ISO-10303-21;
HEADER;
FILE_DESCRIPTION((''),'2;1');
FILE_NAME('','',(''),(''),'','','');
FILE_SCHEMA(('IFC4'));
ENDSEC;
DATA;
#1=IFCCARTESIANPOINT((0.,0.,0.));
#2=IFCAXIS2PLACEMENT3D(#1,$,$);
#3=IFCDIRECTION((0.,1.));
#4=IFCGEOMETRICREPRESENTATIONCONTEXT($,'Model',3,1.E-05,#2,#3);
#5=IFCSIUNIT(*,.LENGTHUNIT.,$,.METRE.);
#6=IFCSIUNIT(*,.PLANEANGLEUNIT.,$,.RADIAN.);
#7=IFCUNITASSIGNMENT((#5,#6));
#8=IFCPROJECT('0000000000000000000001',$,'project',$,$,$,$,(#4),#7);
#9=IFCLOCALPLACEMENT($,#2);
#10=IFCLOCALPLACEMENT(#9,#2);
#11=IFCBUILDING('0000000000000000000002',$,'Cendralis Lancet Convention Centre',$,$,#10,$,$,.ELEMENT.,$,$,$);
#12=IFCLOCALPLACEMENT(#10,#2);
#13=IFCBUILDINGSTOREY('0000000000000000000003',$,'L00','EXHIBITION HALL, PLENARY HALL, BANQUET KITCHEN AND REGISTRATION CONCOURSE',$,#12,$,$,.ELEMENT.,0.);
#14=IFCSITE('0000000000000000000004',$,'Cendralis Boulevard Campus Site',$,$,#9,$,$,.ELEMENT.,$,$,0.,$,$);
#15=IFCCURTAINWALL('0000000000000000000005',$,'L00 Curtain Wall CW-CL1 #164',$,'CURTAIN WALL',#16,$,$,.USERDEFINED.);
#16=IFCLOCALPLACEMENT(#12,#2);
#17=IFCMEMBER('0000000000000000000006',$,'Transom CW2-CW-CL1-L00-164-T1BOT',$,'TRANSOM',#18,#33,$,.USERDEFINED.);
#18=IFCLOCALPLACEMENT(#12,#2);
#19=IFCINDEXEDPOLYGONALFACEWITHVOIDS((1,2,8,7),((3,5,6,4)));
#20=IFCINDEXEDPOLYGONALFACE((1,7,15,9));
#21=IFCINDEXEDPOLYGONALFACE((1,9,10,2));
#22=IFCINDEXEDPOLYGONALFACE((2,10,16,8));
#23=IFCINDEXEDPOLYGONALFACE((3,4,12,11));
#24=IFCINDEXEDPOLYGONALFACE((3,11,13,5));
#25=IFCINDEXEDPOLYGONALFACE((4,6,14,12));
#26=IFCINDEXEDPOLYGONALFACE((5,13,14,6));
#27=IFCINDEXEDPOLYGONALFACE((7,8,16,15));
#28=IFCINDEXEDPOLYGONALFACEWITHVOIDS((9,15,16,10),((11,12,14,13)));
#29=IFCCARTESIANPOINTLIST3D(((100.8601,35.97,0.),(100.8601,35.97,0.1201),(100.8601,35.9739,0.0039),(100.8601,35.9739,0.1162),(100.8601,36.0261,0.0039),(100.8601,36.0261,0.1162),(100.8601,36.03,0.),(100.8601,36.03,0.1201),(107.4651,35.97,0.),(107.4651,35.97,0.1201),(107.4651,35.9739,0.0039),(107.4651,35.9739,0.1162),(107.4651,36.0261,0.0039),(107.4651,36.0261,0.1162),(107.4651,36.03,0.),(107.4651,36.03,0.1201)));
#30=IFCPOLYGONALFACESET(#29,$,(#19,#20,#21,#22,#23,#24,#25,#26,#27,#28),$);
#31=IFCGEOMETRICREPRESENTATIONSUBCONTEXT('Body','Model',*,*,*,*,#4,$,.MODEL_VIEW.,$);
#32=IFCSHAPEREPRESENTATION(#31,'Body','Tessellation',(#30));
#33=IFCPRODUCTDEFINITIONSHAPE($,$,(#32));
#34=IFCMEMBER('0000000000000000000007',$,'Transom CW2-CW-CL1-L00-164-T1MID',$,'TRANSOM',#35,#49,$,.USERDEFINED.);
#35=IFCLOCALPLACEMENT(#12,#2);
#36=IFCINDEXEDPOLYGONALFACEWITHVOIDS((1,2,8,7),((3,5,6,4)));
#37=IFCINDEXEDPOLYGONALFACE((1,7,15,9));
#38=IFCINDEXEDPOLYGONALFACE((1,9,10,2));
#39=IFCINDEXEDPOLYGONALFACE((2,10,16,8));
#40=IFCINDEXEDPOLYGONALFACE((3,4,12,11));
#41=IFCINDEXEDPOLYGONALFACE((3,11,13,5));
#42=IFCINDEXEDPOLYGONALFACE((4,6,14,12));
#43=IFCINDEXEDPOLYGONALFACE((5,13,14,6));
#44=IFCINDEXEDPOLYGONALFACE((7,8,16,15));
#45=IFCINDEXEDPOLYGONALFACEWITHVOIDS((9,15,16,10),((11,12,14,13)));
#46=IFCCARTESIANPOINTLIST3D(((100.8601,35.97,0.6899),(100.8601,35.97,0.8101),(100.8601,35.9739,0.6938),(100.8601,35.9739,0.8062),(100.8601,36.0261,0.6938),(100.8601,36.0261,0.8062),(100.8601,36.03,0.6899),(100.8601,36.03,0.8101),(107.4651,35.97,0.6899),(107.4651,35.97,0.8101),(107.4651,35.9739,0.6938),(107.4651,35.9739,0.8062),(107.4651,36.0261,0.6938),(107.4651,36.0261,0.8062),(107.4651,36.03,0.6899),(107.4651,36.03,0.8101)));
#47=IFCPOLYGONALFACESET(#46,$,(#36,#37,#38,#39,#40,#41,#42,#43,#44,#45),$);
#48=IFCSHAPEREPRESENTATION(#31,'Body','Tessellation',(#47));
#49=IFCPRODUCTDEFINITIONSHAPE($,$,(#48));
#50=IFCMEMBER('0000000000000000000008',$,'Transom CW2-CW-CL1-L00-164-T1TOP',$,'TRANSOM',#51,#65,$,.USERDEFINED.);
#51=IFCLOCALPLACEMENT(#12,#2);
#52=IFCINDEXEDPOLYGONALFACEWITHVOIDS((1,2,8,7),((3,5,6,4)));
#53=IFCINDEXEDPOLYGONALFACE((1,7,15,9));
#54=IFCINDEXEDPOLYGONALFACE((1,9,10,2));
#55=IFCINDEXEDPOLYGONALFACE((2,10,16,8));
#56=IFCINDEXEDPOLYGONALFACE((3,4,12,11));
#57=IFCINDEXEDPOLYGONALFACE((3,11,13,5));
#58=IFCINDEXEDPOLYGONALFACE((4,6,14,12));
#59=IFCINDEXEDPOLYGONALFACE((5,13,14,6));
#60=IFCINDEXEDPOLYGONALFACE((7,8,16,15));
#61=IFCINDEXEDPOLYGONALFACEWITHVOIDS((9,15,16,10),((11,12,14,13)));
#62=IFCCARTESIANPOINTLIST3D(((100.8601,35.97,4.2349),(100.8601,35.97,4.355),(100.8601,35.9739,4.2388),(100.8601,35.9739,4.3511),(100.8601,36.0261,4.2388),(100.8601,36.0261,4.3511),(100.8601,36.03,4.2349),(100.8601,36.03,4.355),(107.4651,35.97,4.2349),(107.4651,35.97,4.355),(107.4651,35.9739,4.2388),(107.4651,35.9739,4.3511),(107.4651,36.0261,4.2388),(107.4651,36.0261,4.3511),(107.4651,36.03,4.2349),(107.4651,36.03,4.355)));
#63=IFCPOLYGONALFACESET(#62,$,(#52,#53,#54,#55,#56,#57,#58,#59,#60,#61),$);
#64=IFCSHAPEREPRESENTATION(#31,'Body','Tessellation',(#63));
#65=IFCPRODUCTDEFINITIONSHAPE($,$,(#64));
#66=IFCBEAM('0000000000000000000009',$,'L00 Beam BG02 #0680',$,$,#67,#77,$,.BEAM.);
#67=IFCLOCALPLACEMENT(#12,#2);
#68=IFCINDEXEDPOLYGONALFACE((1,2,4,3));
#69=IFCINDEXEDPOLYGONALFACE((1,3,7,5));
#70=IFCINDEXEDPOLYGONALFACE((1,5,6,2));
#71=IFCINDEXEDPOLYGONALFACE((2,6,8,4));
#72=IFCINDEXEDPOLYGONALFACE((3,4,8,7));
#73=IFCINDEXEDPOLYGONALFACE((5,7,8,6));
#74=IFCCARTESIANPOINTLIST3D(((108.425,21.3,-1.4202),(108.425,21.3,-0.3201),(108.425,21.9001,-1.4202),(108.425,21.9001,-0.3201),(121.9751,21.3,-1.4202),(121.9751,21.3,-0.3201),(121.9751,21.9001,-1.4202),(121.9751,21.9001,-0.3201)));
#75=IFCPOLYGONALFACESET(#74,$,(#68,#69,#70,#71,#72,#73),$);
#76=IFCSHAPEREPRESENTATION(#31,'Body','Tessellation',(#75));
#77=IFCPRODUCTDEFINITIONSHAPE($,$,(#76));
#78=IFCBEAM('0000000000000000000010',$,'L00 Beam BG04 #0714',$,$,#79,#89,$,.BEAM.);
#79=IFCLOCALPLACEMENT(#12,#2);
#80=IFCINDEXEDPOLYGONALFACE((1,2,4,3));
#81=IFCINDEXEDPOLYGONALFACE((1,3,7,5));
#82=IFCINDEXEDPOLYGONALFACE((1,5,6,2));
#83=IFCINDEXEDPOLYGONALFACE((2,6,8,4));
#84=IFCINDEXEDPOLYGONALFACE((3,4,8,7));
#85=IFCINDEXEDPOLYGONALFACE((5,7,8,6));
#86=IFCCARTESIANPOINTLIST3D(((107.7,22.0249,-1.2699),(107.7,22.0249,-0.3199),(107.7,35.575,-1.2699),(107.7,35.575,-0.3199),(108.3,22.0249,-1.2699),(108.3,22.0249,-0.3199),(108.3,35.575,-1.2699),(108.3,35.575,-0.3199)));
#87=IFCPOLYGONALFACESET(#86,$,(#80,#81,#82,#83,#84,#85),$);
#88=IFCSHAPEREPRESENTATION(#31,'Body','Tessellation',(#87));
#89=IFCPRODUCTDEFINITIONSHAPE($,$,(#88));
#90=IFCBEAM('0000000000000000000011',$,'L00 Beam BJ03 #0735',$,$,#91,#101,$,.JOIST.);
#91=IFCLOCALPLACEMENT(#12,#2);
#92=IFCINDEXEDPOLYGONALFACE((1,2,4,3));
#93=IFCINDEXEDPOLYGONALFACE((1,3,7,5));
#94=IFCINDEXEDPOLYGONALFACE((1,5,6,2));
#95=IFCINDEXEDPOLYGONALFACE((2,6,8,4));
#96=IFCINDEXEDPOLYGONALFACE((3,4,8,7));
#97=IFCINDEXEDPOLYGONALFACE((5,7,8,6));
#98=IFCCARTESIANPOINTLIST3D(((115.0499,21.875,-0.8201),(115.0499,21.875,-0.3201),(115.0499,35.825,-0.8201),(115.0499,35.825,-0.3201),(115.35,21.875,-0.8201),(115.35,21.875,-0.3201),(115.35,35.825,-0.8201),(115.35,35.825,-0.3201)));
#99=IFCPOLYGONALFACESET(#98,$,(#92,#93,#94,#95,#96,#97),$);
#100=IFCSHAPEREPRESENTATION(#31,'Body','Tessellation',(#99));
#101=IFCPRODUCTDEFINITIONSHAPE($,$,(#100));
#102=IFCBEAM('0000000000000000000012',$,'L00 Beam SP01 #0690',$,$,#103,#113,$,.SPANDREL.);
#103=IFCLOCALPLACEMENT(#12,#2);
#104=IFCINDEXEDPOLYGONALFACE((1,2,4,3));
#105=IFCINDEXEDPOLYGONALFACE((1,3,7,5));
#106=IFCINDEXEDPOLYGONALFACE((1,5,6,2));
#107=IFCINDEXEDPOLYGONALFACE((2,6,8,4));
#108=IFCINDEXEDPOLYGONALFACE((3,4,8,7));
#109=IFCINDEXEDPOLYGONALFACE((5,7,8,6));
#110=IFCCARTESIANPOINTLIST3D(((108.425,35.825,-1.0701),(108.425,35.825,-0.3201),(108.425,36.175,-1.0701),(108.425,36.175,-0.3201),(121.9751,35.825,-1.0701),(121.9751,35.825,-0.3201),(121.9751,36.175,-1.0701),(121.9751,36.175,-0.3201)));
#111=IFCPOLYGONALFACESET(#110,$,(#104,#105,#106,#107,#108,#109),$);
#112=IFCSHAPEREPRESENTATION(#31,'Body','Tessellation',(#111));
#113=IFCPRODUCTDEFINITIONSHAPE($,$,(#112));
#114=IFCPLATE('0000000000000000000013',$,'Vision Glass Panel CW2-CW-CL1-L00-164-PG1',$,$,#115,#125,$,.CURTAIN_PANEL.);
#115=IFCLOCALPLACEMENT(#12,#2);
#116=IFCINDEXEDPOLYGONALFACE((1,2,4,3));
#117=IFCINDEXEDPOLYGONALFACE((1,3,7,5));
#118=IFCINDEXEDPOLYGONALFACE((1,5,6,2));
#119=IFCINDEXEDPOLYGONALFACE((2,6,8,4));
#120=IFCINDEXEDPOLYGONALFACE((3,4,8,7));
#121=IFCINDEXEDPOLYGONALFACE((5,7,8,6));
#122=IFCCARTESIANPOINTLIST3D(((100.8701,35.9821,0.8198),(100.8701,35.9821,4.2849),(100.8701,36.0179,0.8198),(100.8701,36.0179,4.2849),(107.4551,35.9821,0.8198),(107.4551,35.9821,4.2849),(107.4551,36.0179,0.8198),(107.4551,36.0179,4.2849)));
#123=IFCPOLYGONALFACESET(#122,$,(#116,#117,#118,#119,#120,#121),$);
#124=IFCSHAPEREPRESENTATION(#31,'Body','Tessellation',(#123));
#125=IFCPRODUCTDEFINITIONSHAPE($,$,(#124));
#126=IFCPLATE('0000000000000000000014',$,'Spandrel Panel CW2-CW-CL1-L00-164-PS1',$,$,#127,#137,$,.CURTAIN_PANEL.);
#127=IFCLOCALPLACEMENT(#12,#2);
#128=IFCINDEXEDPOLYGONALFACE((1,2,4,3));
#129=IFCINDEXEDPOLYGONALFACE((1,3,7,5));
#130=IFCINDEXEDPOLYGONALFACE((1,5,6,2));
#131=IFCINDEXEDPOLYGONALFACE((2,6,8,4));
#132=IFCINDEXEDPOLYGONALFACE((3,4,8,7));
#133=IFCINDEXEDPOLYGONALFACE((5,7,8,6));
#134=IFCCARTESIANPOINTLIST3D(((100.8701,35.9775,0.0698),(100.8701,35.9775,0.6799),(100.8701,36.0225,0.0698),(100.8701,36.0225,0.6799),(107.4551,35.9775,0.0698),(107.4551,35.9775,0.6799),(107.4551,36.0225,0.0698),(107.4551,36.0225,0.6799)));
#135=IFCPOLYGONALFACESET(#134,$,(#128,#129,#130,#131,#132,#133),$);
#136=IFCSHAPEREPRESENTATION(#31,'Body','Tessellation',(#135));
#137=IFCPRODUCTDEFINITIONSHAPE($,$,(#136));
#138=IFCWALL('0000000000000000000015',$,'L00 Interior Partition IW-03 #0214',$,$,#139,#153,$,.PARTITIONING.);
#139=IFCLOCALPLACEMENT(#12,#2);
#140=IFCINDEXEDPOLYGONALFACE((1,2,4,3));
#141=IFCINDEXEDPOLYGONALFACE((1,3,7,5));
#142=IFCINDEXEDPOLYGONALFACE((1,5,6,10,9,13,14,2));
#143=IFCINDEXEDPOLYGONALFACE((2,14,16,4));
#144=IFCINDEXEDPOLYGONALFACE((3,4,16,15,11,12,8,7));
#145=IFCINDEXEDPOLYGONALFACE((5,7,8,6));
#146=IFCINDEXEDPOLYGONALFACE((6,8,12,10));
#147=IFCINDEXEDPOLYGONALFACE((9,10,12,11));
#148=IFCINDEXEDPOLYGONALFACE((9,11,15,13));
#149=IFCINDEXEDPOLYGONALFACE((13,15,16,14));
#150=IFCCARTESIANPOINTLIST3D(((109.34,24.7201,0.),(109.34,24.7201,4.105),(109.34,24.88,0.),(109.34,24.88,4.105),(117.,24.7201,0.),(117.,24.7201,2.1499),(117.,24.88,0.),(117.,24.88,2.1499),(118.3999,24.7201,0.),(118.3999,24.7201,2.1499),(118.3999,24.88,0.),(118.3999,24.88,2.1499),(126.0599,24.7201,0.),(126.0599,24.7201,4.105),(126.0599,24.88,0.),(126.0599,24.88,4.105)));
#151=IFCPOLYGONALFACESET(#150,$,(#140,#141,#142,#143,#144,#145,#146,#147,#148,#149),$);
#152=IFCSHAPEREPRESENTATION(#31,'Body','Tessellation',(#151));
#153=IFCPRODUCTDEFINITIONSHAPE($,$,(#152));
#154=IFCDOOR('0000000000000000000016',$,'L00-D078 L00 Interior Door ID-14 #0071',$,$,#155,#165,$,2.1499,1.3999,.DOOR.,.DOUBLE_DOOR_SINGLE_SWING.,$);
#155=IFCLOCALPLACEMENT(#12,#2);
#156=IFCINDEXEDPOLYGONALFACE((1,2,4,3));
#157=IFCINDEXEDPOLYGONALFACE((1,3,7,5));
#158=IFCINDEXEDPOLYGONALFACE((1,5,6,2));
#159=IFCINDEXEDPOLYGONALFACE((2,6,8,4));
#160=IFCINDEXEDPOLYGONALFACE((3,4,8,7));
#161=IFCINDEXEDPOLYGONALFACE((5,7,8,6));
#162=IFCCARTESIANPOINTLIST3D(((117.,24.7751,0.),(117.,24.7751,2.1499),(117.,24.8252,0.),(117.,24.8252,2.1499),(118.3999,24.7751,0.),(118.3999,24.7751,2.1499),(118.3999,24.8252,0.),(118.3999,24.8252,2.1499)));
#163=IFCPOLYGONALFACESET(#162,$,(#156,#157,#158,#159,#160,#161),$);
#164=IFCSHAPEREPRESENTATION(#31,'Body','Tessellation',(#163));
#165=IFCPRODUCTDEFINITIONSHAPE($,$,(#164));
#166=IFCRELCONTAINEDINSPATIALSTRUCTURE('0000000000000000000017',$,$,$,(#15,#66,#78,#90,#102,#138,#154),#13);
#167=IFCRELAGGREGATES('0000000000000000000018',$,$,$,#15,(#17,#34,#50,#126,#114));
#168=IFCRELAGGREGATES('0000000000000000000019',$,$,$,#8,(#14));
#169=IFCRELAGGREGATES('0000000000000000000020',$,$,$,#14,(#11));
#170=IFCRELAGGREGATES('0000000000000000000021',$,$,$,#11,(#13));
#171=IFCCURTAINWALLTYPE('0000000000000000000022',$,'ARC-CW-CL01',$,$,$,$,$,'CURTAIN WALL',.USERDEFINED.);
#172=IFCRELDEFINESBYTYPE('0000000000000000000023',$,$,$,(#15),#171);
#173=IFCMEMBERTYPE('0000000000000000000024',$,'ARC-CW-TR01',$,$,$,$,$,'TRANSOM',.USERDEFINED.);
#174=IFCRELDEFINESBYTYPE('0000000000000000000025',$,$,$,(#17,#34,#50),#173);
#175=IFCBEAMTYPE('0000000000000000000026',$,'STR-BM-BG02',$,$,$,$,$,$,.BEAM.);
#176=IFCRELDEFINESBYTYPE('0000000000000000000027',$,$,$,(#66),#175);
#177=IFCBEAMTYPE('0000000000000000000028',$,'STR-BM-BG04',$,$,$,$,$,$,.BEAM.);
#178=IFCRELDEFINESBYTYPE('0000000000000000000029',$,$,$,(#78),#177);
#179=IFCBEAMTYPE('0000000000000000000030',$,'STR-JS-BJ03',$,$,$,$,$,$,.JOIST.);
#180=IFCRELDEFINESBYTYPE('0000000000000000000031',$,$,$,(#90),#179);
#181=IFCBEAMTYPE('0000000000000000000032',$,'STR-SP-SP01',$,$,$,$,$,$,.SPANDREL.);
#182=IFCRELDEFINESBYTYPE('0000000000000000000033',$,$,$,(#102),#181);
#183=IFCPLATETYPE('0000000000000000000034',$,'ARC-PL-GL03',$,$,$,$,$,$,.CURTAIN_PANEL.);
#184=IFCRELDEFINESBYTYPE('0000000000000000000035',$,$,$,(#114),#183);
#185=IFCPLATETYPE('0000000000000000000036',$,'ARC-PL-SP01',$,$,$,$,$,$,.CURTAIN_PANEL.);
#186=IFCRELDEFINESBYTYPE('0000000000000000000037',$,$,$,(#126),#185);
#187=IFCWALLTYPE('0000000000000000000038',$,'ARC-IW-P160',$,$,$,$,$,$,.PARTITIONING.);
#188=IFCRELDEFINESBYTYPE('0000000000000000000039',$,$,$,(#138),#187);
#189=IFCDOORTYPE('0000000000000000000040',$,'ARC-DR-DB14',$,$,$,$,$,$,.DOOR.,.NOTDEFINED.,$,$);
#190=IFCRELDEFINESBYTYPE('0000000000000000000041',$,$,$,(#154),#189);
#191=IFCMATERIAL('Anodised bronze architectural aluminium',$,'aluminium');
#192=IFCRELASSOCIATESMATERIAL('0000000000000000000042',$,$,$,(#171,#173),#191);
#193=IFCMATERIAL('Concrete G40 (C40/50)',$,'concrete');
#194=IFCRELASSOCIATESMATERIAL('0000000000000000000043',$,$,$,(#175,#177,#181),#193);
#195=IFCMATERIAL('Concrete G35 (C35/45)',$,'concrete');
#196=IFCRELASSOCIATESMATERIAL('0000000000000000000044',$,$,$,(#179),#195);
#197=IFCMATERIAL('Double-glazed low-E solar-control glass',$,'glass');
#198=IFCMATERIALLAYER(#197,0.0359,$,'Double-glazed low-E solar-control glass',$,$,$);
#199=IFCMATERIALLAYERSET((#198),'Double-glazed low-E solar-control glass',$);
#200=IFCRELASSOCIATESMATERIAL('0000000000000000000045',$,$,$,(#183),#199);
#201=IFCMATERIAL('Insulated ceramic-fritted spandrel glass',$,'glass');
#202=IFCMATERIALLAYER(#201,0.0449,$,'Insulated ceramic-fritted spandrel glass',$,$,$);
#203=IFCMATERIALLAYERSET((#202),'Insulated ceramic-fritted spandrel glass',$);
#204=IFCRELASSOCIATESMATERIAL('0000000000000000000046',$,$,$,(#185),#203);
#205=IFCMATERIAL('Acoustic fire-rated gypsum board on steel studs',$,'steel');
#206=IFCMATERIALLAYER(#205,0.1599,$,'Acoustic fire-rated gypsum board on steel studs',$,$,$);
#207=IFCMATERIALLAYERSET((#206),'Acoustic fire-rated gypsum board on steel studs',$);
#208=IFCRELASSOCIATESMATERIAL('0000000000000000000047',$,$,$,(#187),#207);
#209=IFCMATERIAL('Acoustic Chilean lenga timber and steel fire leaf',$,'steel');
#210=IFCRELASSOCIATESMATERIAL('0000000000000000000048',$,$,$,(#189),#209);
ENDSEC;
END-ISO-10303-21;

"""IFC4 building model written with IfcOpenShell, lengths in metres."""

from ifc_helpers import new_model, si_unit, direction, frame, frame_2d, origin, origin_2d, place, context, subcontext, project, spatial, rectangle, hollow_rectangle, extrude, material, layer, layer_set, material_profile, profile_set, type_object, element, fill, aggregate, save


model = new_model("IFC4")

# Units and contexts
model_context = context("Model", 3, precision=1e-05, world=origin(), true_north=direction((0.0, 1.0)))
body_context = subcontext(model_context, "Body", "Model", "MODEL_VIEW")
ifc_project = project(units=[si_unit("LENGTHUNIT", "METRE"), si_unit("PLANEANGLEUNIT", "RADIAN")], contexts=[model_context])

# Site, building, storey
site_placement = place(None, origin())
site = spatial("IfcSite", under=ifc_project, at=site_placement, Name="Cendralis Boulevard Campus Site", CompositionType="ELEMENT", RefElevation=0.0)
building_placement = place(site_placement, origin())
building = spatial("IfcBuilding", under=site, at=building_placement, Name="Cendralis Lancet Convention Centre", CompositionType="ELEMENT")
storey_placement = place(building_placement, origin())
storey = spatial("IfcBuildingStorey", under=building, at=storey_placement, Name="L00", Description="EXHIBITION HALL, PLENARY HALL, BANQUET KITCHEN AND REGISTRATION CONCOURSE", CompositionType="ELEMENT", Elevation=0.0)

# Shared definitions
ifc_material_1 = material(Name="Concrete G35 (C35/45)", Category="concrete")

# Shared definitions
ifc_material_2 = material(Name="Concrete G40 (C40/50)", Category="concrete")

# Curtain wall, members
ifc_material_3 = material(Name="Anodised bronze architectural aluminium", Category="aluminium")
curtain_wall_type = type_object("IfcCurtainWallType", Name="ARC-CW-CL01", ElementType="CURTAIN WALL", PredefinedType="USERDEFINED", material=ifc_material_3)
curtain_wall_placement = place(storey_placement, origin())
curtain_wall = element("IfcCurtainWall", 1, at=curtain_wall_placement, inside=storey, type_object=curtain_wall_type, Name="L00 Curtain Wall CW-CL1 #164", ObjectType="CURTAIN WALL", PredefinedType="USERDEFINED")
ifc_material_profile_1 = material_profile(ifc_material_3, hollow_rectangle(XDim=0.0601, YDim=0.1201, WallThickness=0.0039, at=origin_2d()), Name="AL-TRAN 60x120x4.0")
ifc_profile_set_1 = profile_set([ifc_material_profile_1], Name="Anodised bronze architectural aluminium")
member_type_1 = type_object("IfcMemberType", Name="ARC-CW-TR01", ElementType="TRANSOM", PredefinedType="USERDEFINED", material=ifc_profile_set_1)
member_1_placement = place(storey_placement, frame((100.8601, 36.0, 0.0601), z_axis=(1.0, 0.0, 0.0), x_axis=(0.0, 1.0, 0.0)))
member_1 = element("IfcMember", 2, at=member_1_placement, type_object=member_type_1, Name="Transom CW2-CW-CL1-L00-164-T1BOT", ObjectType="TRANSOM", PredefinedType="USERDEFINED", context=body_context, shape_type="SweptSolid", body=[
    extrude(hollow_rectangle(XDim=0.0601, YDim=0.1201, WallThickness=0.0039, at=origin_2d()), origin(), (0.0, 0.0, 1.0), 6.605),
])
member_2_placement = place(storey_placement, frame((100.8601, 36.0, 0.75), z_axis=(1.0, 0.0, 0.0), x_axis=(0.0, 1.0, 0.0)))
member_2 = element("IfcMember", 3, at=member_2_placement, type_object=member_type_1, Name="Transom CW2-CW-CL1-L00-164-T1MID", ObjectType="TRANSOM", PredefinedType="USERDEFINED", context=body_context, shape_type="SweptSolid", body=[
    extrude(hollow_rectangle(XDim=0.0601, YDim=0.1201, WallThickness=0.0039, at=origin_2d()), origin(), (0.0, 0.0, 1.0), 6.605),
])
member_3_placement = place(storey_placement, frame((100.8601, 36.0, 4.2949), z_axis=(1.0, 0.0, 0.0), x_axis=(0.0, 1.0, 0.0)))
member_3 = element("IfcMember", 4, at=member_3_placement, type_object=member_type_1, Name="Transom CW2-CW-CL1-L00-164-T1TOP", ObjectType="TRANSOM", PredefinedType="USERDEFINED", context=body_context, shape_type="SweptSolid", body=[
    extrude(hollow_rectangle(XDim=0.0601, YDim=0.1201, WallThickness=0.0039, at=origin_2d()), origin(), (0.0, 0.0, 1.0), 6.605),
])

# Beams
ifc_material_profile_2 = material_profile(ifc_material_2, rectangle(XDim=0.6001, YDim=1.1001, at=origin_2d()), Name="RCB 600x1100")
ifc_profile_set_2 = profile_set([ifc_material_profile_2], Name="Concrete G40 (C40/50)")
beam_type_1 = type_object("IfcBeamType", Name="STR-BM-BG02", PredefinedType="BEAM", material=ifc_profile_set_2)
beam_1_placement = place(storey_placement, frame((108.425, 21.6001, -0.8701), z_axis=(1.0, 0.0, 0.0), x_axis=(0.0, 1.0, 0.0)))
element("IfcBeam", 5, at=beam_1_placement, inside=storey, type_object=beam_type_1, Name="L00 Beam BG02 #0680", PredefinedType="BEAM", context=body_context, shape_type="SweptSolid", body=[
    extrude(rectangle(XDim=0.6001, YDim=1.1001, at=origin_2d()), origin(), (0.0, 0.0, 1.0), 13.55),
])
ifc_material_profile_3 = material_profile(ifc_material_2, rectangle(XDim=0.6001, YDim=0.95, at=origin_2d()), Name="RCB 600x950")
ifc_profile_set_3 = profile_set([ifc_material_profile_3], Name="Concrete G40 (C40/50)")
beam_type_2 = type_object("IfcBeamType", Name="STR-BM-BG04", PredefinedType="BEAM", material=ifc_profile_set_3)
beam_2_placement = place(storey_placement, frame((108.0, 22.0249, -0.7949), z_axis=(0.0, 1.0, 0.0), x_axis=(-1.0, 0.0, 0.0)))
element("IfcBeam", 6, at=beam_2_placement, inside=storey, type_object=beam_type_2, Name="L00 Beam BG04 #0714", PredefinedType="BEAM", context=body_context, shape_type="SweptSolid", body=[
    extrude(rectangle(XDim=0.6001, YDim=0.95, at=origin_2d()), origin(), (0.0, 0.0, 1.0), 13.55),
])
ifc_material_profile_4 = material_profile(ifc_material_1, rectangle(XDim=0.3, YDim=0.5, at=origin_2d()), Name="RCB 300x500")
ifc_profile_set_4 = profile_set([ifc_material_profile_4], Name="Concrete G35 (C35/45)")
beam_type_3 = type_object("IfcBeamType", Name="STR-JS-BJ03", PredefinedType="JOIST", material=ifc_profile_set_4)
beam_3_placement = place(storey_placement, frame((115.2, 21.875, -0.5701), z_axis=(0.0, 1.0, 0.0), x_axis=(-1.0, 0.0, 0.0)))
element("IfcBeam", 7, at=beam_3_placement, inside=storey, type_object=beam_type_3, Name="L00 Beam BJ03 #0735", PredefinedType="JOIST", context=body_context, shape_type="SweptSolid", body=[
    extrude(rectangle(XDim=0.3, YDim=0.5, at=origin_2d()), origin(), (0.0, 0.0, 1.0), 13.95),
])
ifc_material_profile_5 = material_profile(ifc_material_2, rectangle(XDim=0.3501, YDim=0.75, at=origin_2d()), Name="RCB 350x750")
ifc_profile_set_5 = profile_set([ifc_material_profile_5], Name="Concrete G40 (C40/50)")
beam_type_4 = type_object("IfcBeamType", Name="STR-SP-SP01", PredefinedType="SPANDREL", material=ifc_profile_set_5)
beam_4_placement = place(storey_placement, frame((108.425, 36.0, -0.6951), z_axis=(1.0, 0.0, 0.0), x_axis=(0.0, 1.0, 0.0)))
element("IfcBeam", 8, at=beam_4_placement, inside=storey, type_object=beam_type_4, Name="L00 Beam SP01 #0690", PredefinedType="SPANDREL", context=body_context, shape_type="SweptSolid", body=[
    extrude(rectangle(XDim=0.3501, YDim=0.75, at=origin_2d()), origin(), (0.0, 0.0, 1.0), 13.55),
])

# Plates
ifc_material_4 = material(Name="Double-glazed low-E solar-control glass", Category="glass")
ifc_layer_1 = layer(ifc_material_4, 0.0359, Name="Double-glazed low-E solar-control glass")
ifc_layer_set_1 = layer_set([ifc_layer_1], Name="Double-glazed low-E solar-control glass")
plate_type_1 = type_object("IfcPlateType", Name="ARC-PL-GL03", PredefinedType="CURTAIN_PANEL", material=ifc_layer_set_1)
plate_1_placement = place(storey_placement, frame((104.1626, 36.0, 0.8198), z_axis=(0.0, 0.0, 1.0), x_axis=(1.0, 0.0, 0.0)))
plate_1 = element("IfcPlate", 9, at=plate_1_placement, type_object=plate_type_1, Name="Vision Glass Panel CW2-CW-CL1-L00-164-PG1", PredefinedType="CURTAIN_PANEL", context=body_context, shape_type="SweptSolid", body=[
    extrude(rectangle(XDim=6.585, YDim=0.0359, at=origin_2d()), origin(), (0.0, 0.0, 1.0), 3.4651),
])
ifc_material_5 = material(Name="Insulated ceramic-fritted spandrel glass", Category="glass")
ifc_layer_2 = layer(ifc_material_5, 0.0449, Name="Insulated ceramic-fritted spandrel glass")
ifc_layer_set_2 = layer_set([ifc_layer_2], Name="Insulated ceramic-fritted spandrel glass")
plate_type_2 = type_object("IfcPlateType", Name="ARC-PL-SP01", PredefinedType="CURTAIN_PANEL", material=ifc_layer_set_2)
plate_2_placement = place(storey_placement, frame((104.1626, 36.0, 0.0698), z_axis=(0.0, 0.0, 1.0), x_axis=(1.0, 0.0, 0.0)))
plate_2 = element("IfcPlate", 10, at=plate_2_placement, type_object=plate_type_2, Name="Spandrel Panel CW2-CW-CL1-L00-164-PS1", PredefinedType="CURTAIN_PANEL", context=body_context, shape_type="SweptSolid", body=[
    extrude(rectangle(XDim=6.585, YDim=0.0449, at=origin_2d()), origin(), (0.0, 0.0, 1.0), 0.6101),
])
aggregate(curtain_wall, [member_1, member_2, member_3, plate_2, plate_1])

# Wall, opening, door
ifc_material_6 = material(Name="Acoustic fire-rated gypsum board on steel studs", Category="steel")
ifc_layer_3 = layer(ifc_material_6, 0.1599, Name="Acoustic fire-rated gypsum board on steel studs")
ifc_layer_set_3 = layer_set([ifc_layer_3], Name="Acoustic fire-rated gypsum board on steel studs")
wall_type_1 = type_object("IfcWallType", Name="ARC-IW-P160", PredefinedType="PARTITIONING", material=ifc_layer_set_3)
wall_1_placement = place(storey_placement, frame((109.3401, 24.8, 0.0), z_axis=(0.0, 0.0, 1.0), x_axis=(1.0, 0.0, 0.0)))
wall_1 = element("IfcWall", 11, at=wall_1_placement, inside=storey, type_object=wall_type_1, Name="L00 Interior Partition IW-03 #0214", PredefinedType="PARTITIONING", context=body_context, shape_type="SweptSolid", body=[
    extrude(rectangle(XDim=16.72, YDim=0.1599, at=frame_2d((8.3599, 0.0))), origin(), (0.0, 0.0, 1.0), 4.105),
])
opening_placement = place(wall_1_placement, frame((7.6599, 0.0, 0.0)))
opening = element("IfcOpeningElement", 12, at=opening_placement, cuts=wall_1, PredefinedType="OPENING", context=body_context, shape_type="SweptSolid", body=[
    extrude(rectangle(XDim=1.3999, YDim=2.1499, at=frame_2d((0.7, 1.075))), frame((0.0, 0.0898, 0.0), z_axis=(0.0, -1.0, 0.0), x_axis=(1.0, 0.0, 0.0)), (0.0, 0.0, 1.0), 0.1799),
])
ifc_material_7 = material(Name="Acoustic Chilean lenga timber and steel fire leaf", Category="steel")
door_type = type_object("IfcDoorType", Name="ARC-DR-DB14", OperationType="NOTDEFINED", PredefinedType="DOOR", material=ifc_material_7)
door_placement = place(opening_placement, frame((1.3999, 0.0, 0.0), z_axis=(0.0, 0.0, 1.0), x_axis=(-1.0, 0.0, 0.0)))
door = element("IfcDoor", 13, at=door_placement, inside=storey, type_object=door_type, Name="L00-D078 L00 Interior Door ID-14 #0071", OperationType="DOUBLE_DOOR_SINGLE_SWING", OverallHeight=2.1499, OverallWidth=1.3999, PredefinedType="DOOR", context=body_context, shape_type="SweptSolid", body=[
    extrude(rectangle(XDim=1.3999, YDim=2.1499, at=frame_2d((0.7, 1.075))), frame((0.0, 0.0249, 0.0), z_axis=(0.0, -1.0, 0.0), x_axis=(1.0, 0.0, 0.0)), (0.0, 0.0, 1.0), 0.05),
])
fill(opening, door)

save(model, "model.ifc")
